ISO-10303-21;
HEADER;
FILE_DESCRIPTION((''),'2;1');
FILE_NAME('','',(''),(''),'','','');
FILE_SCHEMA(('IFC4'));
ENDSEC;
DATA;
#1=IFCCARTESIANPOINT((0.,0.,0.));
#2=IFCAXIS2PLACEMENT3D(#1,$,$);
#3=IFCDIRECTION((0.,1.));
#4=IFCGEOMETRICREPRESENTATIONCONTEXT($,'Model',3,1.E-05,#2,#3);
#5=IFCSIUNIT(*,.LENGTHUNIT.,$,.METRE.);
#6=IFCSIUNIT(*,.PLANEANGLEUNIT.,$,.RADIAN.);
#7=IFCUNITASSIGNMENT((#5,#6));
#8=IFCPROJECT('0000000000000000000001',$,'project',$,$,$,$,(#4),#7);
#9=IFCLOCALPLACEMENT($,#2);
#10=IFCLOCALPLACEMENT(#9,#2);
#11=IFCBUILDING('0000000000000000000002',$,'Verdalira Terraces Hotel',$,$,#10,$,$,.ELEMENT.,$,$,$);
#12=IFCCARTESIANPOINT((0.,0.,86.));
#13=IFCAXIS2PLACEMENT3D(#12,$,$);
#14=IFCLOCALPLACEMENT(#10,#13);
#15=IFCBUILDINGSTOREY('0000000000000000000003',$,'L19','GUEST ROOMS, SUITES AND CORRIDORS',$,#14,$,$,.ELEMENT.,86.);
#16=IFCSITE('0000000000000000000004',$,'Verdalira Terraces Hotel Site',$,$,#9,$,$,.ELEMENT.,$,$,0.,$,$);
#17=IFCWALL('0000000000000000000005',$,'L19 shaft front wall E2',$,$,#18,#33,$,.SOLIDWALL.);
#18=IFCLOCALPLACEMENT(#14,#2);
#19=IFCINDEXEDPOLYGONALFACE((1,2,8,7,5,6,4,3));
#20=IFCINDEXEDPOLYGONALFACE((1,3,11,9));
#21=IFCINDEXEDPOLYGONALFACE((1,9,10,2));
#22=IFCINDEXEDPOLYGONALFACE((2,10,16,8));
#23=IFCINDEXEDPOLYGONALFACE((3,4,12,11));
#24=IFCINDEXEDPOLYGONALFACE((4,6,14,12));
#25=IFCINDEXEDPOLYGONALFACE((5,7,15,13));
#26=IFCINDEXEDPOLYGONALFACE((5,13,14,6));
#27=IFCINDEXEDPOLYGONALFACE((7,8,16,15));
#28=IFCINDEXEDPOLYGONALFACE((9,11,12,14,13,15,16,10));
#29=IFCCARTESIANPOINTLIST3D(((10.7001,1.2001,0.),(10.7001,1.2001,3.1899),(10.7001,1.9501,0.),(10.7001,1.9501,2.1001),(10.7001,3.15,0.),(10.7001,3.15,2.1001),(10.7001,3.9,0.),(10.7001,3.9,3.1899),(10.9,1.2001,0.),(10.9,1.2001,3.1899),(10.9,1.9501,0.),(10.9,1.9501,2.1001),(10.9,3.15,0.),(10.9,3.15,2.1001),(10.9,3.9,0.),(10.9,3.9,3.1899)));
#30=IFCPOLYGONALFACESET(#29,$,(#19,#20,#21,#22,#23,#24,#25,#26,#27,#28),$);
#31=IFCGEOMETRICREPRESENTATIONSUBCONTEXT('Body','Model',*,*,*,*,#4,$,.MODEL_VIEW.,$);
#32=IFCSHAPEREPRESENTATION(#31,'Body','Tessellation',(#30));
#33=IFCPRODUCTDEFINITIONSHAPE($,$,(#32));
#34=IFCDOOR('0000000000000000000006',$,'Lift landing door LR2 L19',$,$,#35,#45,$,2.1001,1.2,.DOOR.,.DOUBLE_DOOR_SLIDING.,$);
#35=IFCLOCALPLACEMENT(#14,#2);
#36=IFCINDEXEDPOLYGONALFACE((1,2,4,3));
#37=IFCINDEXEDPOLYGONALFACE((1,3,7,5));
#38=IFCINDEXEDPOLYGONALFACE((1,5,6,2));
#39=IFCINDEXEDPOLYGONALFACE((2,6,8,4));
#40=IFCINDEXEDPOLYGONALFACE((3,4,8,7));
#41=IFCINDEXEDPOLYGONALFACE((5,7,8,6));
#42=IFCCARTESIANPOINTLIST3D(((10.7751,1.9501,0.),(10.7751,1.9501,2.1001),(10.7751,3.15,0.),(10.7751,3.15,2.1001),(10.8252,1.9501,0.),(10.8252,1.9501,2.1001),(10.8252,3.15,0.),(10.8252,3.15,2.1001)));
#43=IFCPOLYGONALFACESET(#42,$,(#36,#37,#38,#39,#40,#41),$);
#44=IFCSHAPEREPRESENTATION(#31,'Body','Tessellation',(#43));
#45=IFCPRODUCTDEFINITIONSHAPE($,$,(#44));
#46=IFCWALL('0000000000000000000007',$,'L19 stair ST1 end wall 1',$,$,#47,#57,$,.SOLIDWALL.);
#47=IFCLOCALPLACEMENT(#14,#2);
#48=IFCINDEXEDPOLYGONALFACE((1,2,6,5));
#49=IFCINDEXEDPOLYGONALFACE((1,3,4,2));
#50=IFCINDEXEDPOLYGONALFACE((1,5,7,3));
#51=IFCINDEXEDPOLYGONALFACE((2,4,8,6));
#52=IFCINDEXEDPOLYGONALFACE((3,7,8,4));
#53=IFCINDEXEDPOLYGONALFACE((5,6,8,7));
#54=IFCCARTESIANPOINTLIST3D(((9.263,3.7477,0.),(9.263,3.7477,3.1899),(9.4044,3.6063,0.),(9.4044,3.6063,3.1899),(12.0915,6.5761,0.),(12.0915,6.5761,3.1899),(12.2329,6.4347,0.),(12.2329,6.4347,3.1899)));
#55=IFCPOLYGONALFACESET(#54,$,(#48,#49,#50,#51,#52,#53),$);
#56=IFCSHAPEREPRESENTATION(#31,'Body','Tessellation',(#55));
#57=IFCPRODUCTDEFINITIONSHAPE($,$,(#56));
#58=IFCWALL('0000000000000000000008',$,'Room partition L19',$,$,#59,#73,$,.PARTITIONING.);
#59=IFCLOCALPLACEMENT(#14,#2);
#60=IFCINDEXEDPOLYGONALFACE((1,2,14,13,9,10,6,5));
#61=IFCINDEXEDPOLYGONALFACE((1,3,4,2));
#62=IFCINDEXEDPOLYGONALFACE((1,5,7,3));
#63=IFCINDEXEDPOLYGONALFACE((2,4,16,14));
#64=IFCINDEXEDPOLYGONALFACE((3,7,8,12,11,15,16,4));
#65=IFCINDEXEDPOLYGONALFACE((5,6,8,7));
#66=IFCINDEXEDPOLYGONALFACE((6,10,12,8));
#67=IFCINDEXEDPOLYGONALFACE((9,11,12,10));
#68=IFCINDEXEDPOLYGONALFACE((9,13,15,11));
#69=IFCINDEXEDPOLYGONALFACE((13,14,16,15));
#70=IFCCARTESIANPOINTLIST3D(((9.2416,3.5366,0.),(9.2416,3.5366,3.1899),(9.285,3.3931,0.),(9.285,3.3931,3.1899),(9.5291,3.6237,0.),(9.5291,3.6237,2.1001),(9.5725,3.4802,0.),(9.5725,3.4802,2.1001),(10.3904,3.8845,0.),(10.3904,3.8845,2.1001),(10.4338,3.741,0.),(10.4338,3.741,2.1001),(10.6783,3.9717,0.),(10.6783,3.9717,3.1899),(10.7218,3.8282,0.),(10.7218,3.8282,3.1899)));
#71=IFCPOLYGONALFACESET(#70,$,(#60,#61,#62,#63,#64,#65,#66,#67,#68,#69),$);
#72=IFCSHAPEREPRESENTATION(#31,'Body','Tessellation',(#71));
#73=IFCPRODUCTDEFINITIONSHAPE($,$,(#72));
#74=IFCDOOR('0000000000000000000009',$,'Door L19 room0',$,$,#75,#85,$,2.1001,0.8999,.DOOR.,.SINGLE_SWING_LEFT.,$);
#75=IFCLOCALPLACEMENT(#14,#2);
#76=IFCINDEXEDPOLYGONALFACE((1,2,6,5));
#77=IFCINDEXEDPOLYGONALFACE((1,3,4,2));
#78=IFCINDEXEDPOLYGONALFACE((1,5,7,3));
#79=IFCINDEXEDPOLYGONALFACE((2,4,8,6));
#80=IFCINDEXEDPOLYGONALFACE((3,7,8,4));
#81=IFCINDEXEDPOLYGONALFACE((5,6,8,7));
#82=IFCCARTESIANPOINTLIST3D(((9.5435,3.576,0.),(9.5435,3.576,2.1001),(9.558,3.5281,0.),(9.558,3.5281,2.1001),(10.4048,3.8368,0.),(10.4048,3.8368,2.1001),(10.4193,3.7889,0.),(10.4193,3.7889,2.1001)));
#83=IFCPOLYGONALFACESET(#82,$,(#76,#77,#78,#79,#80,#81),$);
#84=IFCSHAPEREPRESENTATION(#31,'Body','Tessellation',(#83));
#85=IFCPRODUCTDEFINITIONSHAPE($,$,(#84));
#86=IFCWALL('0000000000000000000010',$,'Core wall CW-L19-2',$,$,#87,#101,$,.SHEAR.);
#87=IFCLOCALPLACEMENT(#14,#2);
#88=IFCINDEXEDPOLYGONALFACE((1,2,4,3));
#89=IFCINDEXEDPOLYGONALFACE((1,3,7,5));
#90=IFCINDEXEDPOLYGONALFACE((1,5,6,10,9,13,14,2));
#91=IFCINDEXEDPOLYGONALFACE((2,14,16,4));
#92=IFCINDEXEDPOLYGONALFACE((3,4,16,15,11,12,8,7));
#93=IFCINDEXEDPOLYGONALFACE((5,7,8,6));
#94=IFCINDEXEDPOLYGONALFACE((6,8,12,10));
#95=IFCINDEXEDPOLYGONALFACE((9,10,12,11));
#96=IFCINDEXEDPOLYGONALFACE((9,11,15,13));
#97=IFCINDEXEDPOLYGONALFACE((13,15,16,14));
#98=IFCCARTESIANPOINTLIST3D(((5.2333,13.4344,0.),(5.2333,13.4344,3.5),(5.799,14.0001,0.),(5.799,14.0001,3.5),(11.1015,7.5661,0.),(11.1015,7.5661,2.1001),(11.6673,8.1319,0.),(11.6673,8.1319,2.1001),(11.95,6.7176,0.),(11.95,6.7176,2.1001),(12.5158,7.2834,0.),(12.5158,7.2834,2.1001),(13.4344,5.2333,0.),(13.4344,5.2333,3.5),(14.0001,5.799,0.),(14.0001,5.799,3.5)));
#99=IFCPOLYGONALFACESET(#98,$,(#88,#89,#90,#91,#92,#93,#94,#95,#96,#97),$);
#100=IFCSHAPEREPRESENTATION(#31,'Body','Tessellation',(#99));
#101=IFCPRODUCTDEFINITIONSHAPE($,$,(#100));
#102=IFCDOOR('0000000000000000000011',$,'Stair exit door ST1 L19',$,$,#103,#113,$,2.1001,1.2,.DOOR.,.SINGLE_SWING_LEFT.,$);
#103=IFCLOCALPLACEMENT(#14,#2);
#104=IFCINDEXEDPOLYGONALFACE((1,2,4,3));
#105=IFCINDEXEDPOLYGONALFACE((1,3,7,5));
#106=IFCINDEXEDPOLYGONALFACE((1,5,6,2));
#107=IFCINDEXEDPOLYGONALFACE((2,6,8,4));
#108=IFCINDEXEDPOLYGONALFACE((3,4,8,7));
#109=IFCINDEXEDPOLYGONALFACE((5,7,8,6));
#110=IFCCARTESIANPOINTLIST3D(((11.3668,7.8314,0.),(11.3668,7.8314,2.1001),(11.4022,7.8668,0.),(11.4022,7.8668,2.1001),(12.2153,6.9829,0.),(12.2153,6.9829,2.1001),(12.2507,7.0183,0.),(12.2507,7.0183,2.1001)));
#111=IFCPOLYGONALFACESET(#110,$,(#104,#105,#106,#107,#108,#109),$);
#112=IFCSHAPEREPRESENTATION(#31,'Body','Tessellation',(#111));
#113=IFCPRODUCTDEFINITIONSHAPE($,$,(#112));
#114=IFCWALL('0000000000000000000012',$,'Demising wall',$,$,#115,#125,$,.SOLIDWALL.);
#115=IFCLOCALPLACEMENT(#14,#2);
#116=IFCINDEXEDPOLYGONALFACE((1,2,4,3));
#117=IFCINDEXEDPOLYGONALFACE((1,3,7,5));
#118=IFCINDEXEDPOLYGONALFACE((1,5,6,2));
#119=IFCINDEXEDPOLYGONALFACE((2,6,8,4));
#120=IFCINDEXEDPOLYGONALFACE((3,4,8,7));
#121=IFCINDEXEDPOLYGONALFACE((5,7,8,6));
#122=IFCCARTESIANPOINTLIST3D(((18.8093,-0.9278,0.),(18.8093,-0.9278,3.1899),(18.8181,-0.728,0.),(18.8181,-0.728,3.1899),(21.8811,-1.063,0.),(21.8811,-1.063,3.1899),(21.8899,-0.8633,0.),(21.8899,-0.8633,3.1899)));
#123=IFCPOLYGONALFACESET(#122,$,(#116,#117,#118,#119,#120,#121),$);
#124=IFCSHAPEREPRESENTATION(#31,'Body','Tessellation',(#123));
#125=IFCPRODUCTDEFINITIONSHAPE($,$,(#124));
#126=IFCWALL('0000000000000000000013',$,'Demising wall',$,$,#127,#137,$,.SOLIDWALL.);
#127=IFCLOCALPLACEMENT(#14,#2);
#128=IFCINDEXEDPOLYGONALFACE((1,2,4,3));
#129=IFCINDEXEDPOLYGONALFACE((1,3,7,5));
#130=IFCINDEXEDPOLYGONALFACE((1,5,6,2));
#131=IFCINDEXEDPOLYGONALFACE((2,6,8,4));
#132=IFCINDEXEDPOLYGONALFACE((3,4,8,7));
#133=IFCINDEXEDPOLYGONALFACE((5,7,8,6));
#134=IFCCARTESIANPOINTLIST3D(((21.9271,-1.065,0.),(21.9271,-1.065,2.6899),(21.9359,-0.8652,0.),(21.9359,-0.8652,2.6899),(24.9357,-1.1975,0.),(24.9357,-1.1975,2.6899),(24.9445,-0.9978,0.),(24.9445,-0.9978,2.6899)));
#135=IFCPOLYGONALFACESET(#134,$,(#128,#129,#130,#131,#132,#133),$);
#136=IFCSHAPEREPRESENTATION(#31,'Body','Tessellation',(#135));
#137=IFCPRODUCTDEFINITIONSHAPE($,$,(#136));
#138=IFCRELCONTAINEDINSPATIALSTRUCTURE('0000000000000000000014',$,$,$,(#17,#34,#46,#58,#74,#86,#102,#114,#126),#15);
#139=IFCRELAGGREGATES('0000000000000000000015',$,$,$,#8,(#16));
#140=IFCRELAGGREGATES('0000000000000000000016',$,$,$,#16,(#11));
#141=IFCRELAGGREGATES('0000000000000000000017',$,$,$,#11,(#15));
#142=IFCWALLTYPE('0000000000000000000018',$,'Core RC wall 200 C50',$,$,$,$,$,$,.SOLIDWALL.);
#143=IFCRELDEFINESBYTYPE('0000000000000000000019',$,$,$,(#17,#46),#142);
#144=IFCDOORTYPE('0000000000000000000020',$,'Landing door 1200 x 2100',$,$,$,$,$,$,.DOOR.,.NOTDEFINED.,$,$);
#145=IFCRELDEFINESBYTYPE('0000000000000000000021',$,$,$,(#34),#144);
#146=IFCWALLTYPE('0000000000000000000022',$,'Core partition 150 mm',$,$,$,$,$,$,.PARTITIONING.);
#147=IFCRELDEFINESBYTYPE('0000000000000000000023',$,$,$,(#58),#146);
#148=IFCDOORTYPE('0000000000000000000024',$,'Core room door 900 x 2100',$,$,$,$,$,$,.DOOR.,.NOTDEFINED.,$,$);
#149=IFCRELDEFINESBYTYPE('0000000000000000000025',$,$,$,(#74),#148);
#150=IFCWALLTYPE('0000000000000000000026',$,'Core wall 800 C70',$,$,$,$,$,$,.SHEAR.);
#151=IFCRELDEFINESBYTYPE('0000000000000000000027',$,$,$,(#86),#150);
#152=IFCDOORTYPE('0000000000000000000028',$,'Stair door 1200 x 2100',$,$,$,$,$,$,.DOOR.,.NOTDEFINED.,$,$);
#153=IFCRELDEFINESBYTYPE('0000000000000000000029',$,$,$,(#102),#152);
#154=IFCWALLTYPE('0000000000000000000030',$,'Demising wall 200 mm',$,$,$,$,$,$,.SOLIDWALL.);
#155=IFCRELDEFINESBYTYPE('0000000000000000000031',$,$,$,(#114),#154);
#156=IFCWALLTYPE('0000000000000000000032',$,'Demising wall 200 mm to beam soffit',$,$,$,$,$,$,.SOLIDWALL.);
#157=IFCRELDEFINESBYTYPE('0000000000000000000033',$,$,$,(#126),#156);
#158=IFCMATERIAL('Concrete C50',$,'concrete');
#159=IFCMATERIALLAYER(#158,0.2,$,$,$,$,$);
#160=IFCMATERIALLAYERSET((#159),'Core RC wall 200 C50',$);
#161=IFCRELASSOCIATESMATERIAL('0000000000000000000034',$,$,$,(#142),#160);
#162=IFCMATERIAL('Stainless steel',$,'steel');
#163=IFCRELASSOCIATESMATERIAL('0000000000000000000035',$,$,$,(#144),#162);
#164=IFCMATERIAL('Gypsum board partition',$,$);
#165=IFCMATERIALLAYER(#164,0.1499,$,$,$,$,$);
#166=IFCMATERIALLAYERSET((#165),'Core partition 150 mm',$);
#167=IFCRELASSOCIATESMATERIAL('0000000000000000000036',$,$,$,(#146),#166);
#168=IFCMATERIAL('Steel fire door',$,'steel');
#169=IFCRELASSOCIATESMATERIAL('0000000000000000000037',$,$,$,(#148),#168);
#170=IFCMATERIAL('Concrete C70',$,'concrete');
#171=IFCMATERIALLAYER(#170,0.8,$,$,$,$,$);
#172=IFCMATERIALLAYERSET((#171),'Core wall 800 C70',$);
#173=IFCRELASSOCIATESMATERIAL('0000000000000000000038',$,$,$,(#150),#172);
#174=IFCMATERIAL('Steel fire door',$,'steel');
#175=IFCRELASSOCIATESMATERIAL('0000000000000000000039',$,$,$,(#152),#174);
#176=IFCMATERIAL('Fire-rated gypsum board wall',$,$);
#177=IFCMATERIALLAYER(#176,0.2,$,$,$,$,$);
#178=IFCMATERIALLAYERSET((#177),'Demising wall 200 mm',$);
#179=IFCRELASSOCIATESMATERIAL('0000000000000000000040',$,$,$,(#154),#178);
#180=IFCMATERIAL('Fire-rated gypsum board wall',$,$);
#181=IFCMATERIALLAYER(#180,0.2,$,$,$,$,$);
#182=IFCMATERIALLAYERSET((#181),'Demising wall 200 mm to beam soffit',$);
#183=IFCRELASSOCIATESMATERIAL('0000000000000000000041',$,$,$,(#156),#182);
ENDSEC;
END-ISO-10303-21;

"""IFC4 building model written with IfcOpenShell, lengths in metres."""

from ifc_helpers import new_model, si_unit, direction, frame, frame_2d, origin, place, context, subcontext, project, spatial, rectangle, extrude, material, layer, layer_set, type_object, element, fill, save


model = new_model("IFC4")

# Units and contexts
model_context = context("Model", 3, precision=1e-05, world=origin(), true_north=direction((0.0, 1.0)))
body_context = subcontext(model_context, "Body", "Model", "MODEL_VIEW")
ifc_project = project(units=[si_unit("LENGTHUNIT", "METRE"), si_unit("PLANEANGLEUNIT", "RADIAN")], contexts=[model_context])

# Site, building, storey
site_placement = place(None, origin())
site = spatial("IfcSite", under=ifc_project, at=site_placement, Name="Verdalira Terraces Hotel Site", CompositionType="ELEMENT", RefElevation=0.0)
building_placement = place(site_placement, origin())
building = spatial("IfcBuilding", under=site, at=building_placement, Name="Verdalira Terraces Hotel", CompositionType="ELEMENT")
storey_placement = place(building_placement, frame((0.0, 0.0, 86.0)))
storey = spatial("IfcBuildingStorey", under=building, at=storey_placement, Name="L19", Description="GUEST ROOMS, SUITES AND CORRIDORS", CompositionType="ELEMENT", Elevation=86.0)

# Wall, opening, door
ifc_material_1 = material(Name="Concrete C50", Category="concrete")
ifc_layer_1 = layer(ifc_material_1, 0.2)
ifc_layer_set_1 = layer_set([ifc_layer_1], Name="Core RC wall 200 C50")
wall_type_1 = type_object("IfcWallType", Name="Core RC wall 200 C50", PredefinedType="SOLIDWALL", material=ifc_layer_set_1)
ifc_material_2 = material(Name="Stainless steel", Category="steel")
door_type_1 = type_object("IfcDoorType", Name="Landing door 1200 x 2100", OperationType="NOTDEFINED", PredefinedType="DOOR", material=ifc_material_2)
wall_1_placement = place(storey_placement, frame((10.8, 1.2, 0.0), z_axis=(0.0, 0.0, 1.0), x_axis=(0.0, 1.0, 0.0)))
wall_1 = element("IfcWall", 1, at=wall_1_placement, inside=storey, type_object=wall_type_1, Name="L19 shaft front wall E2", PredefinedType="SOLIDWALL", context=body_context, shape_type="SweptSolid", body=[
    extrude(rectangle(XDim=2.7, YDim=0.2, at=frame_2d((1.3501, 0.0))), origin(), (0.0, 0.0, 1.0), 3.1899),
])
opening_1_placement = place(wall_1_placement, frame((0.75, 0.0, 0.0)))
opening_1 = element("IfcOpeningElement", 2, at=opening_1_placement, cuts=wall_1, PredefinedType="OPENING", context=body_context, shape_type="SweptSolid", body=[
    extrude(rectangle(XDim=1.2, YDim=2.1001, at=frame_2d((0.6001, 1.05))), frame((0.0, 0.1099, 0.0), z_axis=(0.0, -1.0, 0.0), x_axis=(1.0, 0.0, 0.0)), (0.0, 0.0, 1.0), 0.22),
])
door_1_placement = place(opening_1_placement, origin())
door_1 = element("IfcDoor", 3, at=door_1_placement, inside=storey, type_object=door_type_1, Name="Lift landing door LR2 L19", OperationType="DOUBLE_DOOR_SLIDING", OverallHeight=2.1001, OverallWidth=1.2, PredefinedType="DOOR", context=body_context, shape_type="SweptSolid", body=[
    extrude(rectangle(XDim=1.2, YDim=2.1001, at=frame_2d((0.6001, 1.05))), frame((0.0, 0.0249, 0.0), z_axis=(0.0, -1.0, 0.0), x_axis=(1.0, 0.0, 0.0)), (0.0, 0.0, 1.0), 0.05),
])
fill(opening_1, door_1)

# Wall
wall_2_placement = place(storey_placement, frame((9.3337, 3.677, 0.0), z_axis=(0.0, 0.0, 1.0), x_axis=(0.707107, 0.707107, 0.0)))
element("IfcWall", 4, at=wall_2_placement, inside=storey, type_object=wall_type_1, Name="L19 stair ST1 end wall 1", PredefinedType="SOLIDWALL", context=body_context, shape_type="SweptSolid", body=[
    extrude(rectangle(XDim=4.0, YDim=0.2, at=frame_2d((2.0, 0.0))), origin(), (0.0, 0.0, 1.0), 3.1899),
])

# Walls, openings, doors
ifc_material_3 = material(Name="Gypsum board partition")
ifc_layer_2 = layer(ifc_material_3, 0.1499)
ifc_layer_set_2 = layer_set([ifc_layer_2], Name="Core partition 150 mm")
wall_type_2 = type_object("IfcWallType", Name="Core partition 150 mm", PredefinedType="PARTITIONING", material=ifc_layer_set_2)
wall_3_placement = place(storey_placement, frame((10.7, 3.8999, 0.0), z_axis=(0.0, 0.0, 1.0), x_axis=(-0.957085, -0.289809, 0.0)))
wall_3 = element("IfcWall", 5, at=wall_3_placement, inside=storey, type_object=wall_type_2, Name="Room partition L19", PredefinedType="PARTITIONING", context=body_context, shape_type="SweptSolid", body=[
    extrude(rectangle(XDim=1.5012, YDim=0.1499, at=frame_2d((0.7505, 0.0))), origin(), (0.0, 0.0, 1.0), 3.1899),
])
opening_2_placement = place(wall_3_placement, frame((0.3008, 0.0, 0.0)))
opening_2 = element("IfcOpeningElement", 6, at=opening_2_placement, cuts=wall_3, PredefinedType="OPENING", context=body_context, shape_type="SweptSolid", body=[
    extrude(rectangle(XDim=0.8999, YDim=2.1001, at=frame_2d((0.45, 1.05))), frame((0.0, 0.085, 0.0), z_axis=(0.0, -1.0, 0.0), x_axis=(1.0, 0.0, 0.0)), (0.0, 0.0, 1.0), 0.1699),
])
ifc_material_4 = material(Name="Steel fire door", Category="steel")
door_type_2 = type_object("IfcDoorType", Name="Core room door 900 x 2100", OperationType="NOTDEFINED", PredefinedType="DOOR", material=ifc_material_4)
door_2_placement = place(opening_2_placement, origin())
door_2 = element("IfcDoor", 7, at=door_2_placement, inside=storey, type_object=door_type_2, Name="Door L19 room0", OperationType="SINGLE_SWING_LEFT", OverallHeight=2.1001, OverallWidth=0.8999, PredefinedType="DOOR", context=body_context, shape_type="SweptSolid", body=[
    extrude(rectangle(XDim=0.8999, YDim=2.1001, at=frame_2d((0.45, 1.05))), frame((0.0, 0.0249, 0.0), z_axis=(0.0, -1.0, 0.0), x_axis=(1.0, 0.0, 0.0)), (0.0, 0.0, 1.0), 0.05),
])
fill(opening_2, door_2)
ifc_material_5 = material(Name="Concrete C70", Category="concrete")
ifc_layer_3 = layer(ifc_material_5, 0.8)
ifc_layer_set_3 = layer_set([ifc_layer_3], Name="Core wall 800 C70")
wall_type_3 = type_object("IfcWallType", Name="Core wall 800 C70", PredefinedType="SHEAR", material=ifc_layer_set_3)
wall_4_placement = place(storey_placement, frame((13.7173, 5.5161, 0.0), z_axis=(0.0, 0.0, 1.0), x_axis=(-0.707107, 0.707107, 0.0)))
wall_4 = element("IfcWall", 8, at=wall_4_placement, inside=storey, type_object=wall_type_3, Name="Core wall CW-L19-2", PredefinedType="SHEAR", context=body_context, shape_type="SweptSolid", body=[
    extrude(rectangle(XDim=11.5981, YDim=0.8, at=frame_2d((5.7991, 0.0))), origin(), (0.0, 0.0, 1.0), 3.5),
])
opening_3_placement = place(wall_4_placement, frame((2.0991, 0.0, 0.0)))
opening_3 = element("IfcOpeningElement", 9, at=opening_3_placement, cuts=wall_4, PredefinedType="OPENING", context=body_context, shape_type="SweptSolid", body=[
    extrude(rectangle(XDim=1.2, YDim=2.1001, at=frame_2d((0.6001, 1.05))), frame((0.0, 0.4099, 0.0), z_axis=(0.0, -1.0, 0.0), x_axis=(1.0, 0.0, 0.0)), (0.0, 0.0, 1.0), 0.8201),
])
ifc_material_6 = material(Name="Steel fire door", Category="steel")
door_type_3 = type_object("IfcDoorType", Name="Stair door 1200 x 2100", OperationType="NOTDEFINED", PredefinedType="DOOR", material=ifc_material_6)
door_3_placement = place(opening_3_placement, origin())
door_3 = element("IfcDoor", 10, at=door_3_placement, inside=storey, type_object=door_type_3, Name="Stair exit door ST1 L19", OperationType="SINGLE_SWING_LEFT", OverallHeight=2.1001, OverallWidth=1.2, PredefinedType="DOOR", context=body_context, shape_type="SweptSolid", body=[
    extrude(rectangle(XDim=1.2, YDim=2.1001, at=frame_2d((0.6001, 1.05))), frame((0.0, 0.0249, 0.0), z_axis=(0.0, -1.0, 0.0), x_axis=(1.0, 0.0, 0.0)), (0.0, 0.0, 1.0), 0.05),
])
fill(opening_3, door_3)

# Walls
ifc_material_7 = material(Name="Fire-rated gypsum board wall")
ifc_layer_4 = layer(ifc_material_7, 0.2)
ifc_layer_set_4 = layer_set([ifc_layer_4], Name="Demising wall 200 mm")
wall_type_4 = type_object("IfcWallType", Name="Demising wall 200 mm", PredefinedType="SOLIDWALL", material=ifc_layer_set_4)
wall_5_placement = place(storey_placement, frame((18.8137, -0.8279, 0.0), z_axis=(0.0, 0.0, 1.0), x_axis=(0.999032, -0.043989, 0.0)))
element("IfcWall", 11, at=wall_5_placement, inside=storey, type_object=wall_type_4, Name="Demising wall", PredefinedType="SOLIDWALL", context=body_context, shape_type="SweptSolid", body=[
    extrude(rectangle(XDim=3.0747, YDim=0.2, at=frame_2d((1.5374, 0.0))), origin(), (0.0, 0.0, 1.0), 3.1899),
])
ifc_material_8 = material(Name="Fire-rated gypsum board wall")
ifc_layer_5 = layer(ifc_material_8, 0.2)
ifc_layer_set_5 = layer_set([ifc_layer_5], Name="Demising wall 200 mm to beam soffit")
wall_type_5 = type_object("IfcWallType", Name="Demising wall 200 mm to beam soffit", PredefinedType="SOLIDWALL", material=ifc_layer_set_5)
wall_6_placement = place(storey_placement, frame((21.9314, -0.9651, 0.0), z_axis=(0.0, 0.0, 1.0), x_axis=(0.999031, -0.044021, 0.0)))
element("IfcWall", 12, at=wall_6_placement, inside=storey, type_object=wall_type_5, Name="Demising wall", PredefinedType="SOLIDWALL", context=body_context, shape_type="SweptSolid", body=[
    extrude(rectangle(XDim=3.0115, YDim=0.2, at=frame_2d((1.5059, 0.0))), origin(), (0.0, 0.0, 1.0), 2.6899),
])

save(model, "model.ifc")
